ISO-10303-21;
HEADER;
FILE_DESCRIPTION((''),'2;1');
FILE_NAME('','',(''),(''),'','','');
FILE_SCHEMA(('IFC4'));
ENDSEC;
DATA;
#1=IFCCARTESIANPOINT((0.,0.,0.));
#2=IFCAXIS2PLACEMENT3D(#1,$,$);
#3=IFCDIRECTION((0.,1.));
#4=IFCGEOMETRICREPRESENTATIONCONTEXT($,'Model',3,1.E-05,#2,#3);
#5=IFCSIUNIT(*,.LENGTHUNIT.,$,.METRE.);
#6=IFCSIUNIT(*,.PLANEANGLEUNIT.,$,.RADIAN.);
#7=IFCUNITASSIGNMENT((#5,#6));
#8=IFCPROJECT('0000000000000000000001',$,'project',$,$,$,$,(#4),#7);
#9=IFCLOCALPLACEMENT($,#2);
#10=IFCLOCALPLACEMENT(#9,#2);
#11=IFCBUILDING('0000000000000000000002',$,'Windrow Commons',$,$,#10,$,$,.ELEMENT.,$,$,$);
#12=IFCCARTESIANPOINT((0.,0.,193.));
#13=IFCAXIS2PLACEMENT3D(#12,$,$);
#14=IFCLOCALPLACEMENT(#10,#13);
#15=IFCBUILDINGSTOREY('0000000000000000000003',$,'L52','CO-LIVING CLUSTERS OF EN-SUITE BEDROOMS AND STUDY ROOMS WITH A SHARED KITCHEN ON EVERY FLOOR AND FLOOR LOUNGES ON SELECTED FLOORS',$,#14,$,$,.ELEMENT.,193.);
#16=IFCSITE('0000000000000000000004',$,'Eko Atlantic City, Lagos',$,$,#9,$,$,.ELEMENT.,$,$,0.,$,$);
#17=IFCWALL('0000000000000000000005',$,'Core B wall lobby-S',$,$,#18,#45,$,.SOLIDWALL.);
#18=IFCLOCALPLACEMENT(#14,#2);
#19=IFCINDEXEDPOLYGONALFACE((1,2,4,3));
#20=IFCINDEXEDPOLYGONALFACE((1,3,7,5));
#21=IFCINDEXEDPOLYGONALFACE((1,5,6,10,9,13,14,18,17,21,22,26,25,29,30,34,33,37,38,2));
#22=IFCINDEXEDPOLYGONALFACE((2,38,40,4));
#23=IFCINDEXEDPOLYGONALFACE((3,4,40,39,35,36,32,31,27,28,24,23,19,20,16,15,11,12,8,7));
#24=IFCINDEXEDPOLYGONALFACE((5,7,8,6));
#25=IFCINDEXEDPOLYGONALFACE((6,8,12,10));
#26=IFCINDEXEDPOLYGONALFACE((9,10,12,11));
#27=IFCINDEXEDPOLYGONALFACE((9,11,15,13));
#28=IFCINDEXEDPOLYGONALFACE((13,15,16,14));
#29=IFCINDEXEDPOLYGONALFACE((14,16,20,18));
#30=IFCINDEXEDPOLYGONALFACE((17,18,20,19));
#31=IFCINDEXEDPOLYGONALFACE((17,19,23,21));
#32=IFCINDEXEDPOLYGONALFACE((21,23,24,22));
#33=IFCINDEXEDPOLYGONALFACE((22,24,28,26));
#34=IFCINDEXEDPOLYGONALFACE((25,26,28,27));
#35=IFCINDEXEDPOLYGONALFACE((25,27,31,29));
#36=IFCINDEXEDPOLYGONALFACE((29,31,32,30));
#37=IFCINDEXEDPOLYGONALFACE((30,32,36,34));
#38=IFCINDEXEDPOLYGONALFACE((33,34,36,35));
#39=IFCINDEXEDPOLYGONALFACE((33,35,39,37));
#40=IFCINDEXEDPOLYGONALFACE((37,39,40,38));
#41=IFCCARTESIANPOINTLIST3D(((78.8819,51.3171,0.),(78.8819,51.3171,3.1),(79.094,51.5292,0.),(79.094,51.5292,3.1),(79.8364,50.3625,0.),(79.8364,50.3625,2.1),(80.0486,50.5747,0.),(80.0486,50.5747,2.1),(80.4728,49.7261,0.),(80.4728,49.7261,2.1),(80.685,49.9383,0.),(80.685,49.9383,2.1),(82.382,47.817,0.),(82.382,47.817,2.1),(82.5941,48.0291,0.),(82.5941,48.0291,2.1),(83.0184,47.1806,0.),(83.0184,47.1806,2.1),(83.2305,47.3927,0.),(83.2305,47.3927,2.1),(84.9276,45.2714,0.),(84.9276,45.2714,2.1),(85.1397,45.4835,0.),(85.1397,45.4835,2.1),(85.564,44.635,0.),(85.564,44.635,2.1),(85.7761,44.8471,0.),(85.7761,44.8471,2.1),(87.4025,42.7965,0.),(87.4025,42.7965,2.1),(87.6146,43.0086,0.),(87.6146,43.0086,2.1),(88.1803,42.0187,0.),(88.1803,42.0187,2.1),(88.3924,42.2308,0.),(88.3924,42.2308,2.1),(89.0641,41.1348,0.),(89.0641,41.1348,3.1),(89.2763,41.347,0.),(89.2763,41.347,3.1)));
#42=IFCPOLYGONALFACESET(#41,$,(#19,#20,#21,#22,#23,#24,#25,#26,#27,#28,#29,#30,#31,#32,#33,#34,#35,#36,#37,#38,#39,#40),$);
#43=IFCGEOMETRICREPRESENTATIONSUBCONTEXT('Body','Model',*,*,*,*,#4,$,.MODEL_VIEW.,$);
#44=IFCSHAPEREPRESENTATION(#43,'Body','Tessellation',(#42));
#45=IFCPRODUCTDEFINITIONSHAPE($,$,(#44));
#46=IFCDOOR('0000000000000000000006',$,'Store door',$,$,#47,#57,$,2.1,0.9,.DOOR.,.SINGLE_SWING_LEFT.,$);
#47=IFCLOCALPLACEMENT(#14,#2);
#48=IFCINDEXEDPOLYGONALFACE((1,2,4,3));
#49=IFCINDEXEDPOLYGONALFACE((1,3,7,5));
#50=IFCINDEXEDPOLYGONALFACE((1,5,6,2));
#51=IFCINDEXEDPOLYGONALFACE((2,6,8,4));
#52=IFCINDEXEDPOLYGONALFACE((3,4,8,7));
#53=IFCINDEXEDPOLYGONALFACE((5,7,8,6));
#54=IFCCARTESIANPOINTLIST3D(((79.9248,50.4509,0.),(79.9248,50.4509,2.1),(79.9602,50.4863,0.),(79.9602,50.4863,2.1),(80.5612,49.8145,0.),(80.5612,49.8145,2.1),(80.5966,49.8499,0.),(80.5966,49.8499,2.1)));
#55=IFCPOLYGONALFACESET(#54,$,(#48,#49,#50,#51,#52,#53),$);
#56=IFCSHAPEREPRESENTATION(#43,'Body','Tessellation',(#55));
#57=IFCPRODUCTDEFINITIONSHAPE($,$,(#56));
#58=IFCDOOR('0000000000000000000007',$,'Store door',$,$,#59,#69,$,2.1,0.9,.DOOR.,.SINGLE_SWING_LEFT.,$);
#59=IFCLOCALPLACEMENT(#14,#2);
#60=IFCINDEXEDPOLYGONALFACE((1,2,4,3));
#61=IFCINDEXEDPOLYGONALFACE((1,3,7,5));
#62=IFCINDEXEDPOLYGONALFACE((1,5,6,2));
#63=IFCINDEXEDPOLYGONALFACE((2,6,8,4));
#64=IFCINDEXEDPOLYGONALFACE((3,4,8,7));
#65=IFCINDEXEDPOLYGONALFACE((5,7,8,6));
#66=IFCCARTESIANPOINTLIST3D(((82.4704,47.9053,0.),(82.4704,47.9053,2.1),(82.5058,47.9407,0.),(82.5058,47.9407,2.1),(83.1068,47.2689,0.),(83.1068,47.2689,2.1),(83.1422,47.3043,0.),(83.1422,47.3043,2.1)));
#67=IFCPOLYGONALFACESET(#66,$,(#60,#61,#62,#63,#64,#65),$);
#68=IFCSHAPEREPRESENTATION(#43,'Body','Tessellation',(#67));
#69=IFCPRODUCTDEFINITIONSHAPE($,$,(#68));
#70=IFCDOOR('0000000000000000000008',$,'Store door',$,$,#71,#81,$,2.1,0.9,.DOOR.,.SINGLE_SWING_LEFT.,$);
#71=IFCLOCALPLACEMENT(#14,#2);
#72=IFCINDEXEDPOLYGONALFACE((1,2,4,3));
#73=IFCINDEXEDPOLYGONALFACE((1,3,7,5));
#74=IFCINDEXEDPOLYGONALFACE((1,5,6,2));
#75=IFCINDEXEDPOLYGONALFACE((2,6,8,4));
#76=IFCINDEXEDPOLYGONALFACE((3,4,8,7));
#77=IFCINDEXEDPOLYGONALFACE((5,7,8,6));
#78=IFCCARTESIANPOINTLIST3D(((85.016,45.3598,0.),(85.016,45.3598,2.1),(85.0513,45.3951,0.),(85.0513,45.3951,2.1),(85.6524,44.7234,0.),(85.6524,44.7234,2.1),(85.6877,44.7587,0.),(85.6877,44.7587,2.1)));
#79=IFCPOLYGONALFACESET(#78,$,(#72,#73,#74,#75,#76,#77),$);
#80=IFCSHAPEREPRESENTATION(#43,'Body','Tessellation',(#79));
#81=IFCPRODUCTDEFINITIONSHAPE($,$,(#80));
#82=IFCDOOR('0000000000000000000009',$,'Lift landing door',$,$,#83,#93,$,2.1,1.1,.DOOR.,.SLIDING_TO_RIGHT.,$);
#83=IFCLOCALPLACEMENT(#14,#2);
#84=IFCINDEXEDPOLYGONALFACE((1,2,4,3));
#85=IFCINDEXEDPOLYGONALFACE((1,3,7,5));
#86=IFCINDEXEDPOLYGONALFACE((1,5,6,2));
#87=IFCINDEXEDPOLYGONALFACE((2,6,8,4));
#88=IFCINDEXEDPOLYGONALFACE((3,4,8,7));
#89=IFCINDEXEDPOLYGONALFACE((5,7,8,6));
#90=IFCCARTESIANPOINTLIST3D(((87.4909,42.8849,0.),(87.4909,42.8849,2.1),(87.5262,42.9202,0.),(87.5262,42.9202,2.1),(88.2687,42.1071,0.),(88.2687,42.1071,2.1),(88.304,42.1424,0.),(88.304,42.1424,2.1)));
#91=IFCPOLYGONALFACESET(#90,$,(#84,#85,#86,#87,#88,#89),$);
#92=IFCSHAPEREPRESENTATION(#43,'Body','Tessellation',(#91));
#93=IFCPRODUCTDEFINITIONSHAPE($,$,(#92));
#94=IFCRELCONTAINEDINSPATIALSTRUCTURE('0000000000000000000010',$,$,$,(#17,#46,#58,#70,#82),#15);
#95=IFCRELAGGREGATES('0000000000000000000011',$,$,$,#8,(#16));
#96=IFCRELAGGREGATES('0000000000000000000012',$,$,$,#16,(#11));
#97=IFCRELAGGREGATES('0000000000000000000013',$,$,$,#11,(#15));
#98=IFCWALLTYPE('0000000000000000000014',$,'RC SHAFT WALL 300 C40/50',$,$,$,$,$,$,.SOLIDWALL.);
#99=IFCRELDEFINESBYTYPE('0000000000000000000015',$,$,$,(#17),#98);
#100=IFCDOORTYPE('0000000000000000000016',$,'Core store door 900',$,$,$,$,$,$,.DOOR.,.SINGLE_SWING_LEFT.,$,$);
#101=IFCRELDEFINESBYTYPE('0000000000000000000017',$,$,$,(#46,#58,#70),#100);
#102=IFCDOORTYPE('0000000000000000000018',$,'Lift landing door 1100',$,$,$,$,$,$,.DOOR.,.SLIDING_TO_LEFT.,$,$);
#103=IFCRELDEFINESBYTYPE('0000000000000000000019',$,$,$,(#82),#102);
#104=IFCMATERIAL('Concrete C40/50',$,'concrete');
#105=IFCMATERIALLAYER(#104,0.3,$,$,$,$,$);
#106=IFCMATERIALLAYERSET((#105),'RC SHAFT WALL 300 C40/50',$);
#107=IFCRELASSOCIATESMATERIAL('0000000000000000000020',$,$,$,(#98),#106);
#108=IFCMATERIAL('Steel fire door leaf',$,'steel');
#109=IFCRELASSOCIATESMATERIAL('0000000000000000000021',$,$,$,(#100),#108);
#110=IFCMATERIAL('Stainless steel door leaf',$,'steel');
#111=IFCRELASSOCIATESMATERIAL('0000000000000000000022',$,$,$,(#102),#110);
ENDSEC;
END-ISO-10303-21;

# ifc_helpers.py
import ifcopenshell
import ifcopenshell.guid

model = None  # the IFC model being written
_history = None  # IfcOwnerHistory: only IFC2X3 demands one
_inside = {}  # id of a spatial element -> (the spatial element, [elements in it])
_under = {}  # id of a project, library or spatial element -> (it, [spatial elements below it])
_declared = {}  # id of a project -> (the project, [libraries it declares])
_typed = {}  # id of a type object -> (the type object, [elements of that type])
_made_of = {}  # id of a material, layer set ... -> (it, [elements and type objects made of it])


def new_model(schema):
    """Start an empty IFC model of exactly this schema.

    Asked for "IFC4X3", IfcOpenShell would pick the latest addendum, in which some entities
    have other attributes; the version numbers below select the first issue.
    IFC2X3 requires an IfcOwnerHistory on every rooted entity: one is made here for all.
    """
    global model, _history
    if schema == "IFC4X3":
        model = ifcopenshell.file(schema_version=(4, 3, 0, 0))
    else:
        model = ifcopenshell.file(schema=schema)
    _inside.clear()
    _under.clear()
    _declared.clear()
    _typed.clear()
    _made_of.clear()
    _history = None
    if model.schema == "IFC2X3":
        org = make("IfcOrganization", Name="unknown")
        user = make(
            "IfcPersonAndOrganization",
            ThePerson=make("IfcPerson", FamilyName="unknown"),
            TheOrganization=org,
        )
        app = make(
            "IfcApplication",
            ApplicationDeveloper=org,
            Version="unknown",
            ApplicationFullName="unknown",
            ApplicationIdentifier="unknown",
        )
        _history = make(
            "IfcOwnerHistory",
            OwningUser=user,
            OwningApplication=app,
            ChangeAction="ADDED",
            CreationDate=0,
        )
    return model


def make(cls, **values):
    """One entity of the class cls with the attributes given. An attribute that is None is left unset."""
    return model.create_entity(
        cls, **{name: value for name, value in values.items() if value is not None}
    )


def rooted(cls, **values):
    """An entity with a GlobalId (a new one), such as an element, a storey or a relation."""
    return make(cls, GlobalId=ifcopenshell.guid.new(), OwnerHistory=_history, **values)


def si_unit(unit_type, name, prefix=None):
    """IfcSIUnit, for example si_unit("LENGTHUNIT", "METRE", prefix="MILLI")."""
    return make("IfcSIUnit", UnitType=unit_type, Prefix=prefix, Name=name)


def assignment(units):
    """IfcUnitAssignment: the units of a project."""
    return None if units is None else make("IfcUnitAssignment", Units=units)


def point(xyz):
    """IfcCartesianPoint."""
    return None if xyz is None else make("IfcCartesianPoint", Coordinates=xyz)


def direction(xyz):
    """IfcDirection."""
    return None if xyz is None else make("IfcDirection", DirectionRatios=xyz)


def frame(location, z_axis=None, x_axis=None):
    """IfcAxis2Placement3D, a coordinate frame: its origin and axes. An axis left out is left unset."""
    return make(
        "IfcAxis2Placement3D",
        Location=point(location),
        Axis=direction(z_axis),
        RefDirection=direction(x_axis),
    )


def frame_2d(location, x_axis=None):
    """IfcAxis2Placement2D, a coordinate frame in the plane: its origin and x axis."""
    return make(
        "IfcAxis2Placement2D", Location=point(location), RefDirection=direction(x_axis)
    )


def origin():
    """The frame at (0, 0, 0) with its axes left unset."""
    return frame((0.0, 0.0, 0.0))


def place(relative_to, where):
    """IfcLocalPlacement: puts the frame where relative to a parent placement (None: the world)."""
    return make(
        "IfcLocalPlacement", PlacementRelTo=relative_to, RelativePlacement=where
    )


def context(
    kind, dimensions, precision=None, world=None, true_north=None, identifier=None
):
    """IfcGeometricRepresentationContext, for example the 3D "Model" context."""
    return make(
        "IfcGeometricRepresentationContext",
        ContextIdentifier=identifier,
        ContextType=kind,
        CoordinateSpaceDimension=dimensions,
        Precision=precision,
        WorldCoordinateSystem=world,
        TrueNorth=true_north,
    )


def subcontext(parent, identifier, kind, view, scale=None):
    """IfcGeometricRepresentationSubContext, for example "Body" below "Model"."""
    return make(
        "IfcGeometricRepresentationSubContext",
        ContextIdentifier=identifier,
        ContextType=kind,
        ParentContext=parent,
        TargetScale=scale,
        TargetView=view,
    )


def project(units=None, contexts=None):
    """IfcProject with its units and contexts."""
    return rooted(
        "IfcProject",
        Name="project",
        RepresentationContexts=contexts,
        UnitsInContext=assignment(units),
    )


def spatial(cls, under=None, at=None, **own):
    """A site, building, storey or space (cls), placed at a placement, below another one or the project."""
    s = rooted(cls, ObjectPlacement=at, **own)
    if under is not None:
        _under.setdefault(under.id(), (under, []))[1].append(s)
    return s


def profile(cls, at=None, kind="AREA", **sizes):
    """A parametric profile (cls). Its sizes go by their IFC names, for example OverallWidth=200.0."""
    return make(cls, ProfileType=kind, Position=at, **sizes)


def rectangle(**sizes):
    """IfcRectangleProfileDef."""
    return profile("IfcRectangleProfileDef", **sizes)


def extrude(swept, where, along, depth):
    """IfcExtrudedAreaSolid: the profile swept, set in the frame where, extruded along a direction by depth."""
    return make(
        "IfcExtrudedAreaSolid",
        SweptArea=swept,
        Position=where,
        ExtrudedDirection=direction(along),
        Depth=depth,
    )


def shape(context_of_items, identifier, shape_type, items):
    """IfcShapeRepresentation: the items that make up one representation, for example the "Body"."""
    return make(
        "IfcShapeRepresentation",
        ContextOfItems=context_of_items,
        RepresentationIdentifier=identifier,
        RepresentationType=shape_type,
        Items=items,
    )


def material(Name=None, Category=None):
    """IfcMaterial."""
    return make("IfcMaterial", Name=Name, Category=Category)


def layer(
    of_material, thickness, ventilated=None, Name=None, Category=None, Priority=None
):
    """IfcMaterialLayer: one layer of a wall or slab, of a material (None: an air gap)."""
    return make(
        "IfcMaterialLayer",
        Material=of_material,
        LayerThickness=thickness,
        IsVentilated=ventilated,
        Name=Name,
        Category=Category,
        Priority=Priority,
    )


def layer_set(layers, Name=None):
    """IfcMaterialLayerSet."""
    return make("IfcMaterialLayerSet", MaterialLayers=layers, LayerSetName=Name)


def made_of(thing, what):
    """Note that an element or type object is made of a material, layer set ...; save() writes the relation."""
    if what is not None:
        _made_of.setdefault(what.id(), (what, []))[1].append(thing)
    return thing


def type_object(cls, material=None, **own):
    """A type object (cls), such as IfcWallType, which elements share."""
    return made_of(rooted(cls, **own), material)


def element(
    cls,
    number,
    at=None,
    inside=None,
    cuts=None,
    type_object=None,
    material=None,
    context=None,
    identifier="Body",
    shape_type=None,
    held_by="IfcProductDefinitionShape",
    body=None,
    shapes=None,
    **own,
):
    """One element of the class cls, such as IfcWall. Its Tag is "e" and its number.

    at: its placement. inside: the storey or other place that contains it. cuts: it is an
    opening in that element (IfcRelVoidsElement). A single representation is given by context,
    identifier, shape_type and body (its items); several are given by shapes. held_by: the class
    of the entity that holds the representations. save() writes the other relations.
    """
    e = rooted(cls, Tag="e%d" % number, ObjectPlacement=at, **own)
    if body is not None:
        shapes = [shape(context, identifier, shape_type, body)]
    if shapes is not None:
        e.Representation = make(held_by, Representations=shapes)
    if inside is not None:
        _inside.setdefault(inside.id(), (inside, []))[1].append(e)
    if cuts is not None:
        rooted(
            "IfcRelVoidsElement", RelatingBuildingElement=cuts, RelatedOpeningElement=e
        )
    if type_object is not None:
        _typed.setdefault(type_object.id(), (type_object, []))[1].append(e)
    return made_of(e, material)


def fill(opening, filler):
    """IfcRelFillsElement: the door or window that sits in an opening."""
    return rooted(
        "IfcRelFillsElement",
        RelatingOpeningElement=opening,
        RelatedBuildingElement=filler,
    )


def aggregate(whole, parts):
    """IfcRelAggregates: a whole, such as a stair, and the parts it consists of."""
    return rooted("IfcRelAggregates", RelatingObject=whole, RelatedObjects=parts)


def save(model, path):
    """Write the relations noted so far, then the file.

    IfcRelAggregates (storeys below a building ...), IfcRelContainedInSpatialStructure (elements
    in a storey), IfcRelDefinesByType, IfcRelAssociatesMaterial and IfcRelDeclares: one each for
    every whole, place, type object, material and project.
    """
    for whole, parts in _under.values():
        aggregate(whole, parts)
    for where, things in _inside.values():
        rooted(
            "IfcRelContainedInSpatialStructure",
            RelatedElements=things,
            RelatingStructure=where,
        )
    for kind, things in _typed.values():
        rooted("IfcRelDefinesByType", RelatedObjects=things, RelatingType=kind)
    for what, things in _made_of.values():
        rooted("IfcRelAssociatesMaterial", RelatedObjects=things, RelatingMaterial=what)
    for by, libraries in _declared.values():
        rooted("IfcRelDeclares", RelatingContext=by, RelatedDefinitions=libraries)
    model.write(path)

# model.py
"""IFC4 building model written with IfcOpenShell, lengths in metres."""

from ifc_helpers import new_model, si_unit, direction, frame, frame_2d, origin, place, context, subcontext, project, spatial, rectangle, extrude, material, layer, layer_set, type_object, element, fill, save


model = new_model("IFC4")

# Units and contexts
model_context = context("Model", 3, precision=1e-05, world=origin(), true_north=direction((0.0, 1.0)))
body_context = subcontext(model_context, "Body", "Model", "MODEL_VIEW")
ifc_project = project(units=[si_unit("LENGTHUNIT", "METRE"), si_unit("PLANEANGLEUNIT", "RADIAN")], contexts=[model_context])

# Site, building, storey
site_placement = place(None, origin())
site = spatial("IfcSite", under=ifc_project, at=site_placement, Name="Eko Atlantic City, Lagos", CompositionType="ELEMENT", RefElevation=0.0)
building_placement = place(site_placement, origin())
building = spatial("IfcBuilding", under=site, at=building_placement, Name="Windrow Commons", CompositionType="ELEMENT")
storey_placement = place(building_placement, frame((0.0, 0.0, 193.0)))
storey = spatial("IfcBuildingStorey", under=building, at=storey_placement, Name="L52", Description="CO-LIVING CLUSTERS OF EN-SUITE BEDROOMS AND STUDY ROOMS WITH A SHARED KITCHEN ON EVERY FLOOR AND FLOOR LOUNGES ON SELECTED FLOORS", CompositionType="ELEMENT", Elevation=193.0)

# Wall, openings, doors
ifc_material_1 = material(Name="Concrete C40/50", Category="concrete")
ifc_layer_1 = layer(ifc_material_1, 0.3)
ifc_layer_set_1 = layer_set([ifc_layer_1], Name="RC SHAFT WALL 300 C40/50")
wall_type_1 = type_object("IfcWallType", Name="RC SHAFT WALL 300 C40/50", PredefinedType="SOLIDWALL", material=ifc_layer_set_1)
wall_1_placement = place(storey_placement, frame((78.9879, 51.4232, 0.0), z_axis=(0.0, 0.0, 1.0), x_axis=(0.707107, -0.707107, 0.0)))
wall_1 = element("IfcWall", 1, at=wall_1_placement, inside=storey, type_object=wall_type_1, Name="Core B wall lobby-S", PredefinedType="SOLIDWALL", context=body_context, shape_type="SweptSolid", body=[
    extrude(rectangle(XDim=14.3999, YDim=0.3, at=frame_2d((7.2, 0.0))), origin(), (0.0, 0.0, 1.0), 3.1),
])
opening_1_placement = place(wall_1_placement, frame((1.35, 0.0, 0.0)))
opening_1 = element("IfcOpeningElement", 2, at=opening_1_placement, cuts=wall_1, PredefinedType="OPENING", context=body_context, shape_type="SweptSolid", body=[
    extrude(rectangle(XDim=0.9, YDim=2.1, at=frame_2d((0.45, 1.05))), frame((0.0, 0.16, 0.0), z_axis=(0.0, -1.0, 0.0), x_axis=(1.0, 0.0, 0.0)), (0.0, 0.0, 1.0), 0.32),
])
opening_2_placement = place(wall_1_placement, frame((4.95, 0.0, 0.0)))
opening_2 = element("IfcOpeningElement", 3, at=opening_2_placement, cuts=wall_1, PredefinedType="OPENING", context=body_context, shape_type="SweptSolid", body=[
    extrude(rectangle(XDim=0.9, YDim=2.1, at=frame_2d((0.45, 1.05))), frame((0.0, 0.16, 0.0), z_axis=(0.0, -1.0, 0.0), x_axis=(1.0, 0.0, 0.0)), (0.0, 0.0, 1.0), 0.32),
])
opening_3_placement = place(wall_1_placement, frame((8.55, 0.0, 0.0)))
opening_3 = element("IfcOpeningElement", 4, at=opening_3_placement, cuts=wall_1, PredefinedType="OPENING", context=body_context, shape_type="SweptSolid", body=[
    extrude(rectangle(XDim=0.9, YDim=2.1, at=frame_2d((0.45, 1.05))), frame((0.0, 0.16, 0.0), z_axis=(0.0, -1.0, 0.0), x_axis=(1.0, 0.0, 0.0)), (0.0, 0.0, 1.0), 0.32),
])
opening_4_placement = place(wall_1_placement, frame((12.05, 0.0, 0.0)))
opening_4 = element("IfcOpeningElement", 5, at=opening_4_placement, cuts=wall_1, PredefinedType="OPENING", context=body_context, shape_type="SweptSolid", body=[
    extrude(rectangle(XDim=1.1, YDim=2.1, at=frame_2d((0.55, 1.05))), frame((0.0, 0.16, 0.0), z_axis=(0.0, -1.0, 0.0), x_axis=(1.0, 0.0, 0.0)), (0.0, 0.0, 1.0), 0.32),
])
ifc_material_2 = material(Name="Steel fire door leaf", Category="steel")
door_type_1 = type_object("IfcDoorType", Name="Core store door 900", OperationType="SINGLE_SWING_LEFT", PredefinedType="DOOR", material=ifc_material_2)
door_1_placement = place(opening_1_placement, origin())
door_1 = element("IfcDoor", 6, at=door_1_placement, inside=storey, type_object=door_type_1, Name="Store door", OperationType="SINGLE_SWING_LEFT", OverallHeight=2.1, OverallWidth=0.9, PredefinedType="DOOR", context=body_context, shape_type="SweptSolid", body=[
    extrude(rectangle(XDim=0.9, YDim=2.1, at=frame_2d((0.45, 1.05))), frame((0.0, 0.025, 0.0), z_axis=(0.0, -1.0, 0.0), x_axis=(1.0, 0.0, 0.0)), (0.0, 0.0, 1.0), 0.05),
])
fill(opening_1, door_1)
door_2_placement = place(opening_2_placement, origin())
door_2 = element("IfcDoor", 7, at=door_2_placement, inside=storey, type_object=door_type_1, Name="Store door", OperationType="SINGLE_SWING_LEFT", OverallHeight=2.1, OverallWidth=0.9, PredefinedType="DOOR", context=body_context, shape_type="SweptSolid", body=[
    extrude(rectangle(XDim=0.9, YDim=2.1, at=frame_2d((0.45, 1.05))), frame((0.0, 0.025, 0.0), z_axis=(0.0, -1.0, 0.0), x_axis=(1.0, 0.0, 0.0)), (0.0, 0.0, 1.0), 0.05),
])
fill(opening_2, door_2)
door_3_placement = place(opening_3_placement, origin())
door_3 = element("IfcDoor", 8, at=door_3_placement, inside=storey, type_object=door_type_1, Name="Store door", OperationType="SINGLE_SWING_LEFT", OverallHeight=2.1, OverallWidth=0.9, PredefinedType="DOOR", context=body_context, shape_type="SweptSolid", body=[
    extrude(rectangle(XDim=0.9, YDim=2.1, at=frame_2d((0.45, 1.05))), frame((0.0, 0.025, 0.0), z_axis=(0.0, -1.0, 0.0), x_axis=(1.0, 0.0, 0.0)), (0.0, 0.0, 1.0), 0.05),
])
fill(opening_3, door_3)
ifc_material_3 = material(Name="Stainless steel door leaf", Category="steel")
door_type_2 = type_object("IfcDoorType", Name="Lift landing door 1100", OperationType="SLIDING_TO_LEFT", PredefinedType="DOOR", material=ifc_material_3)
door_4_placement = place(opening_4_placement, origin())
door_4 = element("IfcDoor", 9, at=door_4_placement, inside=storey, type_object=door_type_2, Name="Lift landing door", OperationType="SLIDING_TO_RIGHT", OverallHeight=2.1, OverallWidth=1.1, PredefinedType="DOOR", context=body_context, shape_type="SweptSolid", body=[
    extrude(rectangle(XDim=1.1, YDim=2.1, at=frame_2d((0.55, 1.05))), frame((0.0, 0.025, 0.0), z_axis=(0.0, -1.0, 0.0), x_axis=(1.0, 0.0, 0.0)), (0.0, 0.0, 1.0), 0.05),
])
fill(opening_4, door_4)

save(model, "model.ifc")
